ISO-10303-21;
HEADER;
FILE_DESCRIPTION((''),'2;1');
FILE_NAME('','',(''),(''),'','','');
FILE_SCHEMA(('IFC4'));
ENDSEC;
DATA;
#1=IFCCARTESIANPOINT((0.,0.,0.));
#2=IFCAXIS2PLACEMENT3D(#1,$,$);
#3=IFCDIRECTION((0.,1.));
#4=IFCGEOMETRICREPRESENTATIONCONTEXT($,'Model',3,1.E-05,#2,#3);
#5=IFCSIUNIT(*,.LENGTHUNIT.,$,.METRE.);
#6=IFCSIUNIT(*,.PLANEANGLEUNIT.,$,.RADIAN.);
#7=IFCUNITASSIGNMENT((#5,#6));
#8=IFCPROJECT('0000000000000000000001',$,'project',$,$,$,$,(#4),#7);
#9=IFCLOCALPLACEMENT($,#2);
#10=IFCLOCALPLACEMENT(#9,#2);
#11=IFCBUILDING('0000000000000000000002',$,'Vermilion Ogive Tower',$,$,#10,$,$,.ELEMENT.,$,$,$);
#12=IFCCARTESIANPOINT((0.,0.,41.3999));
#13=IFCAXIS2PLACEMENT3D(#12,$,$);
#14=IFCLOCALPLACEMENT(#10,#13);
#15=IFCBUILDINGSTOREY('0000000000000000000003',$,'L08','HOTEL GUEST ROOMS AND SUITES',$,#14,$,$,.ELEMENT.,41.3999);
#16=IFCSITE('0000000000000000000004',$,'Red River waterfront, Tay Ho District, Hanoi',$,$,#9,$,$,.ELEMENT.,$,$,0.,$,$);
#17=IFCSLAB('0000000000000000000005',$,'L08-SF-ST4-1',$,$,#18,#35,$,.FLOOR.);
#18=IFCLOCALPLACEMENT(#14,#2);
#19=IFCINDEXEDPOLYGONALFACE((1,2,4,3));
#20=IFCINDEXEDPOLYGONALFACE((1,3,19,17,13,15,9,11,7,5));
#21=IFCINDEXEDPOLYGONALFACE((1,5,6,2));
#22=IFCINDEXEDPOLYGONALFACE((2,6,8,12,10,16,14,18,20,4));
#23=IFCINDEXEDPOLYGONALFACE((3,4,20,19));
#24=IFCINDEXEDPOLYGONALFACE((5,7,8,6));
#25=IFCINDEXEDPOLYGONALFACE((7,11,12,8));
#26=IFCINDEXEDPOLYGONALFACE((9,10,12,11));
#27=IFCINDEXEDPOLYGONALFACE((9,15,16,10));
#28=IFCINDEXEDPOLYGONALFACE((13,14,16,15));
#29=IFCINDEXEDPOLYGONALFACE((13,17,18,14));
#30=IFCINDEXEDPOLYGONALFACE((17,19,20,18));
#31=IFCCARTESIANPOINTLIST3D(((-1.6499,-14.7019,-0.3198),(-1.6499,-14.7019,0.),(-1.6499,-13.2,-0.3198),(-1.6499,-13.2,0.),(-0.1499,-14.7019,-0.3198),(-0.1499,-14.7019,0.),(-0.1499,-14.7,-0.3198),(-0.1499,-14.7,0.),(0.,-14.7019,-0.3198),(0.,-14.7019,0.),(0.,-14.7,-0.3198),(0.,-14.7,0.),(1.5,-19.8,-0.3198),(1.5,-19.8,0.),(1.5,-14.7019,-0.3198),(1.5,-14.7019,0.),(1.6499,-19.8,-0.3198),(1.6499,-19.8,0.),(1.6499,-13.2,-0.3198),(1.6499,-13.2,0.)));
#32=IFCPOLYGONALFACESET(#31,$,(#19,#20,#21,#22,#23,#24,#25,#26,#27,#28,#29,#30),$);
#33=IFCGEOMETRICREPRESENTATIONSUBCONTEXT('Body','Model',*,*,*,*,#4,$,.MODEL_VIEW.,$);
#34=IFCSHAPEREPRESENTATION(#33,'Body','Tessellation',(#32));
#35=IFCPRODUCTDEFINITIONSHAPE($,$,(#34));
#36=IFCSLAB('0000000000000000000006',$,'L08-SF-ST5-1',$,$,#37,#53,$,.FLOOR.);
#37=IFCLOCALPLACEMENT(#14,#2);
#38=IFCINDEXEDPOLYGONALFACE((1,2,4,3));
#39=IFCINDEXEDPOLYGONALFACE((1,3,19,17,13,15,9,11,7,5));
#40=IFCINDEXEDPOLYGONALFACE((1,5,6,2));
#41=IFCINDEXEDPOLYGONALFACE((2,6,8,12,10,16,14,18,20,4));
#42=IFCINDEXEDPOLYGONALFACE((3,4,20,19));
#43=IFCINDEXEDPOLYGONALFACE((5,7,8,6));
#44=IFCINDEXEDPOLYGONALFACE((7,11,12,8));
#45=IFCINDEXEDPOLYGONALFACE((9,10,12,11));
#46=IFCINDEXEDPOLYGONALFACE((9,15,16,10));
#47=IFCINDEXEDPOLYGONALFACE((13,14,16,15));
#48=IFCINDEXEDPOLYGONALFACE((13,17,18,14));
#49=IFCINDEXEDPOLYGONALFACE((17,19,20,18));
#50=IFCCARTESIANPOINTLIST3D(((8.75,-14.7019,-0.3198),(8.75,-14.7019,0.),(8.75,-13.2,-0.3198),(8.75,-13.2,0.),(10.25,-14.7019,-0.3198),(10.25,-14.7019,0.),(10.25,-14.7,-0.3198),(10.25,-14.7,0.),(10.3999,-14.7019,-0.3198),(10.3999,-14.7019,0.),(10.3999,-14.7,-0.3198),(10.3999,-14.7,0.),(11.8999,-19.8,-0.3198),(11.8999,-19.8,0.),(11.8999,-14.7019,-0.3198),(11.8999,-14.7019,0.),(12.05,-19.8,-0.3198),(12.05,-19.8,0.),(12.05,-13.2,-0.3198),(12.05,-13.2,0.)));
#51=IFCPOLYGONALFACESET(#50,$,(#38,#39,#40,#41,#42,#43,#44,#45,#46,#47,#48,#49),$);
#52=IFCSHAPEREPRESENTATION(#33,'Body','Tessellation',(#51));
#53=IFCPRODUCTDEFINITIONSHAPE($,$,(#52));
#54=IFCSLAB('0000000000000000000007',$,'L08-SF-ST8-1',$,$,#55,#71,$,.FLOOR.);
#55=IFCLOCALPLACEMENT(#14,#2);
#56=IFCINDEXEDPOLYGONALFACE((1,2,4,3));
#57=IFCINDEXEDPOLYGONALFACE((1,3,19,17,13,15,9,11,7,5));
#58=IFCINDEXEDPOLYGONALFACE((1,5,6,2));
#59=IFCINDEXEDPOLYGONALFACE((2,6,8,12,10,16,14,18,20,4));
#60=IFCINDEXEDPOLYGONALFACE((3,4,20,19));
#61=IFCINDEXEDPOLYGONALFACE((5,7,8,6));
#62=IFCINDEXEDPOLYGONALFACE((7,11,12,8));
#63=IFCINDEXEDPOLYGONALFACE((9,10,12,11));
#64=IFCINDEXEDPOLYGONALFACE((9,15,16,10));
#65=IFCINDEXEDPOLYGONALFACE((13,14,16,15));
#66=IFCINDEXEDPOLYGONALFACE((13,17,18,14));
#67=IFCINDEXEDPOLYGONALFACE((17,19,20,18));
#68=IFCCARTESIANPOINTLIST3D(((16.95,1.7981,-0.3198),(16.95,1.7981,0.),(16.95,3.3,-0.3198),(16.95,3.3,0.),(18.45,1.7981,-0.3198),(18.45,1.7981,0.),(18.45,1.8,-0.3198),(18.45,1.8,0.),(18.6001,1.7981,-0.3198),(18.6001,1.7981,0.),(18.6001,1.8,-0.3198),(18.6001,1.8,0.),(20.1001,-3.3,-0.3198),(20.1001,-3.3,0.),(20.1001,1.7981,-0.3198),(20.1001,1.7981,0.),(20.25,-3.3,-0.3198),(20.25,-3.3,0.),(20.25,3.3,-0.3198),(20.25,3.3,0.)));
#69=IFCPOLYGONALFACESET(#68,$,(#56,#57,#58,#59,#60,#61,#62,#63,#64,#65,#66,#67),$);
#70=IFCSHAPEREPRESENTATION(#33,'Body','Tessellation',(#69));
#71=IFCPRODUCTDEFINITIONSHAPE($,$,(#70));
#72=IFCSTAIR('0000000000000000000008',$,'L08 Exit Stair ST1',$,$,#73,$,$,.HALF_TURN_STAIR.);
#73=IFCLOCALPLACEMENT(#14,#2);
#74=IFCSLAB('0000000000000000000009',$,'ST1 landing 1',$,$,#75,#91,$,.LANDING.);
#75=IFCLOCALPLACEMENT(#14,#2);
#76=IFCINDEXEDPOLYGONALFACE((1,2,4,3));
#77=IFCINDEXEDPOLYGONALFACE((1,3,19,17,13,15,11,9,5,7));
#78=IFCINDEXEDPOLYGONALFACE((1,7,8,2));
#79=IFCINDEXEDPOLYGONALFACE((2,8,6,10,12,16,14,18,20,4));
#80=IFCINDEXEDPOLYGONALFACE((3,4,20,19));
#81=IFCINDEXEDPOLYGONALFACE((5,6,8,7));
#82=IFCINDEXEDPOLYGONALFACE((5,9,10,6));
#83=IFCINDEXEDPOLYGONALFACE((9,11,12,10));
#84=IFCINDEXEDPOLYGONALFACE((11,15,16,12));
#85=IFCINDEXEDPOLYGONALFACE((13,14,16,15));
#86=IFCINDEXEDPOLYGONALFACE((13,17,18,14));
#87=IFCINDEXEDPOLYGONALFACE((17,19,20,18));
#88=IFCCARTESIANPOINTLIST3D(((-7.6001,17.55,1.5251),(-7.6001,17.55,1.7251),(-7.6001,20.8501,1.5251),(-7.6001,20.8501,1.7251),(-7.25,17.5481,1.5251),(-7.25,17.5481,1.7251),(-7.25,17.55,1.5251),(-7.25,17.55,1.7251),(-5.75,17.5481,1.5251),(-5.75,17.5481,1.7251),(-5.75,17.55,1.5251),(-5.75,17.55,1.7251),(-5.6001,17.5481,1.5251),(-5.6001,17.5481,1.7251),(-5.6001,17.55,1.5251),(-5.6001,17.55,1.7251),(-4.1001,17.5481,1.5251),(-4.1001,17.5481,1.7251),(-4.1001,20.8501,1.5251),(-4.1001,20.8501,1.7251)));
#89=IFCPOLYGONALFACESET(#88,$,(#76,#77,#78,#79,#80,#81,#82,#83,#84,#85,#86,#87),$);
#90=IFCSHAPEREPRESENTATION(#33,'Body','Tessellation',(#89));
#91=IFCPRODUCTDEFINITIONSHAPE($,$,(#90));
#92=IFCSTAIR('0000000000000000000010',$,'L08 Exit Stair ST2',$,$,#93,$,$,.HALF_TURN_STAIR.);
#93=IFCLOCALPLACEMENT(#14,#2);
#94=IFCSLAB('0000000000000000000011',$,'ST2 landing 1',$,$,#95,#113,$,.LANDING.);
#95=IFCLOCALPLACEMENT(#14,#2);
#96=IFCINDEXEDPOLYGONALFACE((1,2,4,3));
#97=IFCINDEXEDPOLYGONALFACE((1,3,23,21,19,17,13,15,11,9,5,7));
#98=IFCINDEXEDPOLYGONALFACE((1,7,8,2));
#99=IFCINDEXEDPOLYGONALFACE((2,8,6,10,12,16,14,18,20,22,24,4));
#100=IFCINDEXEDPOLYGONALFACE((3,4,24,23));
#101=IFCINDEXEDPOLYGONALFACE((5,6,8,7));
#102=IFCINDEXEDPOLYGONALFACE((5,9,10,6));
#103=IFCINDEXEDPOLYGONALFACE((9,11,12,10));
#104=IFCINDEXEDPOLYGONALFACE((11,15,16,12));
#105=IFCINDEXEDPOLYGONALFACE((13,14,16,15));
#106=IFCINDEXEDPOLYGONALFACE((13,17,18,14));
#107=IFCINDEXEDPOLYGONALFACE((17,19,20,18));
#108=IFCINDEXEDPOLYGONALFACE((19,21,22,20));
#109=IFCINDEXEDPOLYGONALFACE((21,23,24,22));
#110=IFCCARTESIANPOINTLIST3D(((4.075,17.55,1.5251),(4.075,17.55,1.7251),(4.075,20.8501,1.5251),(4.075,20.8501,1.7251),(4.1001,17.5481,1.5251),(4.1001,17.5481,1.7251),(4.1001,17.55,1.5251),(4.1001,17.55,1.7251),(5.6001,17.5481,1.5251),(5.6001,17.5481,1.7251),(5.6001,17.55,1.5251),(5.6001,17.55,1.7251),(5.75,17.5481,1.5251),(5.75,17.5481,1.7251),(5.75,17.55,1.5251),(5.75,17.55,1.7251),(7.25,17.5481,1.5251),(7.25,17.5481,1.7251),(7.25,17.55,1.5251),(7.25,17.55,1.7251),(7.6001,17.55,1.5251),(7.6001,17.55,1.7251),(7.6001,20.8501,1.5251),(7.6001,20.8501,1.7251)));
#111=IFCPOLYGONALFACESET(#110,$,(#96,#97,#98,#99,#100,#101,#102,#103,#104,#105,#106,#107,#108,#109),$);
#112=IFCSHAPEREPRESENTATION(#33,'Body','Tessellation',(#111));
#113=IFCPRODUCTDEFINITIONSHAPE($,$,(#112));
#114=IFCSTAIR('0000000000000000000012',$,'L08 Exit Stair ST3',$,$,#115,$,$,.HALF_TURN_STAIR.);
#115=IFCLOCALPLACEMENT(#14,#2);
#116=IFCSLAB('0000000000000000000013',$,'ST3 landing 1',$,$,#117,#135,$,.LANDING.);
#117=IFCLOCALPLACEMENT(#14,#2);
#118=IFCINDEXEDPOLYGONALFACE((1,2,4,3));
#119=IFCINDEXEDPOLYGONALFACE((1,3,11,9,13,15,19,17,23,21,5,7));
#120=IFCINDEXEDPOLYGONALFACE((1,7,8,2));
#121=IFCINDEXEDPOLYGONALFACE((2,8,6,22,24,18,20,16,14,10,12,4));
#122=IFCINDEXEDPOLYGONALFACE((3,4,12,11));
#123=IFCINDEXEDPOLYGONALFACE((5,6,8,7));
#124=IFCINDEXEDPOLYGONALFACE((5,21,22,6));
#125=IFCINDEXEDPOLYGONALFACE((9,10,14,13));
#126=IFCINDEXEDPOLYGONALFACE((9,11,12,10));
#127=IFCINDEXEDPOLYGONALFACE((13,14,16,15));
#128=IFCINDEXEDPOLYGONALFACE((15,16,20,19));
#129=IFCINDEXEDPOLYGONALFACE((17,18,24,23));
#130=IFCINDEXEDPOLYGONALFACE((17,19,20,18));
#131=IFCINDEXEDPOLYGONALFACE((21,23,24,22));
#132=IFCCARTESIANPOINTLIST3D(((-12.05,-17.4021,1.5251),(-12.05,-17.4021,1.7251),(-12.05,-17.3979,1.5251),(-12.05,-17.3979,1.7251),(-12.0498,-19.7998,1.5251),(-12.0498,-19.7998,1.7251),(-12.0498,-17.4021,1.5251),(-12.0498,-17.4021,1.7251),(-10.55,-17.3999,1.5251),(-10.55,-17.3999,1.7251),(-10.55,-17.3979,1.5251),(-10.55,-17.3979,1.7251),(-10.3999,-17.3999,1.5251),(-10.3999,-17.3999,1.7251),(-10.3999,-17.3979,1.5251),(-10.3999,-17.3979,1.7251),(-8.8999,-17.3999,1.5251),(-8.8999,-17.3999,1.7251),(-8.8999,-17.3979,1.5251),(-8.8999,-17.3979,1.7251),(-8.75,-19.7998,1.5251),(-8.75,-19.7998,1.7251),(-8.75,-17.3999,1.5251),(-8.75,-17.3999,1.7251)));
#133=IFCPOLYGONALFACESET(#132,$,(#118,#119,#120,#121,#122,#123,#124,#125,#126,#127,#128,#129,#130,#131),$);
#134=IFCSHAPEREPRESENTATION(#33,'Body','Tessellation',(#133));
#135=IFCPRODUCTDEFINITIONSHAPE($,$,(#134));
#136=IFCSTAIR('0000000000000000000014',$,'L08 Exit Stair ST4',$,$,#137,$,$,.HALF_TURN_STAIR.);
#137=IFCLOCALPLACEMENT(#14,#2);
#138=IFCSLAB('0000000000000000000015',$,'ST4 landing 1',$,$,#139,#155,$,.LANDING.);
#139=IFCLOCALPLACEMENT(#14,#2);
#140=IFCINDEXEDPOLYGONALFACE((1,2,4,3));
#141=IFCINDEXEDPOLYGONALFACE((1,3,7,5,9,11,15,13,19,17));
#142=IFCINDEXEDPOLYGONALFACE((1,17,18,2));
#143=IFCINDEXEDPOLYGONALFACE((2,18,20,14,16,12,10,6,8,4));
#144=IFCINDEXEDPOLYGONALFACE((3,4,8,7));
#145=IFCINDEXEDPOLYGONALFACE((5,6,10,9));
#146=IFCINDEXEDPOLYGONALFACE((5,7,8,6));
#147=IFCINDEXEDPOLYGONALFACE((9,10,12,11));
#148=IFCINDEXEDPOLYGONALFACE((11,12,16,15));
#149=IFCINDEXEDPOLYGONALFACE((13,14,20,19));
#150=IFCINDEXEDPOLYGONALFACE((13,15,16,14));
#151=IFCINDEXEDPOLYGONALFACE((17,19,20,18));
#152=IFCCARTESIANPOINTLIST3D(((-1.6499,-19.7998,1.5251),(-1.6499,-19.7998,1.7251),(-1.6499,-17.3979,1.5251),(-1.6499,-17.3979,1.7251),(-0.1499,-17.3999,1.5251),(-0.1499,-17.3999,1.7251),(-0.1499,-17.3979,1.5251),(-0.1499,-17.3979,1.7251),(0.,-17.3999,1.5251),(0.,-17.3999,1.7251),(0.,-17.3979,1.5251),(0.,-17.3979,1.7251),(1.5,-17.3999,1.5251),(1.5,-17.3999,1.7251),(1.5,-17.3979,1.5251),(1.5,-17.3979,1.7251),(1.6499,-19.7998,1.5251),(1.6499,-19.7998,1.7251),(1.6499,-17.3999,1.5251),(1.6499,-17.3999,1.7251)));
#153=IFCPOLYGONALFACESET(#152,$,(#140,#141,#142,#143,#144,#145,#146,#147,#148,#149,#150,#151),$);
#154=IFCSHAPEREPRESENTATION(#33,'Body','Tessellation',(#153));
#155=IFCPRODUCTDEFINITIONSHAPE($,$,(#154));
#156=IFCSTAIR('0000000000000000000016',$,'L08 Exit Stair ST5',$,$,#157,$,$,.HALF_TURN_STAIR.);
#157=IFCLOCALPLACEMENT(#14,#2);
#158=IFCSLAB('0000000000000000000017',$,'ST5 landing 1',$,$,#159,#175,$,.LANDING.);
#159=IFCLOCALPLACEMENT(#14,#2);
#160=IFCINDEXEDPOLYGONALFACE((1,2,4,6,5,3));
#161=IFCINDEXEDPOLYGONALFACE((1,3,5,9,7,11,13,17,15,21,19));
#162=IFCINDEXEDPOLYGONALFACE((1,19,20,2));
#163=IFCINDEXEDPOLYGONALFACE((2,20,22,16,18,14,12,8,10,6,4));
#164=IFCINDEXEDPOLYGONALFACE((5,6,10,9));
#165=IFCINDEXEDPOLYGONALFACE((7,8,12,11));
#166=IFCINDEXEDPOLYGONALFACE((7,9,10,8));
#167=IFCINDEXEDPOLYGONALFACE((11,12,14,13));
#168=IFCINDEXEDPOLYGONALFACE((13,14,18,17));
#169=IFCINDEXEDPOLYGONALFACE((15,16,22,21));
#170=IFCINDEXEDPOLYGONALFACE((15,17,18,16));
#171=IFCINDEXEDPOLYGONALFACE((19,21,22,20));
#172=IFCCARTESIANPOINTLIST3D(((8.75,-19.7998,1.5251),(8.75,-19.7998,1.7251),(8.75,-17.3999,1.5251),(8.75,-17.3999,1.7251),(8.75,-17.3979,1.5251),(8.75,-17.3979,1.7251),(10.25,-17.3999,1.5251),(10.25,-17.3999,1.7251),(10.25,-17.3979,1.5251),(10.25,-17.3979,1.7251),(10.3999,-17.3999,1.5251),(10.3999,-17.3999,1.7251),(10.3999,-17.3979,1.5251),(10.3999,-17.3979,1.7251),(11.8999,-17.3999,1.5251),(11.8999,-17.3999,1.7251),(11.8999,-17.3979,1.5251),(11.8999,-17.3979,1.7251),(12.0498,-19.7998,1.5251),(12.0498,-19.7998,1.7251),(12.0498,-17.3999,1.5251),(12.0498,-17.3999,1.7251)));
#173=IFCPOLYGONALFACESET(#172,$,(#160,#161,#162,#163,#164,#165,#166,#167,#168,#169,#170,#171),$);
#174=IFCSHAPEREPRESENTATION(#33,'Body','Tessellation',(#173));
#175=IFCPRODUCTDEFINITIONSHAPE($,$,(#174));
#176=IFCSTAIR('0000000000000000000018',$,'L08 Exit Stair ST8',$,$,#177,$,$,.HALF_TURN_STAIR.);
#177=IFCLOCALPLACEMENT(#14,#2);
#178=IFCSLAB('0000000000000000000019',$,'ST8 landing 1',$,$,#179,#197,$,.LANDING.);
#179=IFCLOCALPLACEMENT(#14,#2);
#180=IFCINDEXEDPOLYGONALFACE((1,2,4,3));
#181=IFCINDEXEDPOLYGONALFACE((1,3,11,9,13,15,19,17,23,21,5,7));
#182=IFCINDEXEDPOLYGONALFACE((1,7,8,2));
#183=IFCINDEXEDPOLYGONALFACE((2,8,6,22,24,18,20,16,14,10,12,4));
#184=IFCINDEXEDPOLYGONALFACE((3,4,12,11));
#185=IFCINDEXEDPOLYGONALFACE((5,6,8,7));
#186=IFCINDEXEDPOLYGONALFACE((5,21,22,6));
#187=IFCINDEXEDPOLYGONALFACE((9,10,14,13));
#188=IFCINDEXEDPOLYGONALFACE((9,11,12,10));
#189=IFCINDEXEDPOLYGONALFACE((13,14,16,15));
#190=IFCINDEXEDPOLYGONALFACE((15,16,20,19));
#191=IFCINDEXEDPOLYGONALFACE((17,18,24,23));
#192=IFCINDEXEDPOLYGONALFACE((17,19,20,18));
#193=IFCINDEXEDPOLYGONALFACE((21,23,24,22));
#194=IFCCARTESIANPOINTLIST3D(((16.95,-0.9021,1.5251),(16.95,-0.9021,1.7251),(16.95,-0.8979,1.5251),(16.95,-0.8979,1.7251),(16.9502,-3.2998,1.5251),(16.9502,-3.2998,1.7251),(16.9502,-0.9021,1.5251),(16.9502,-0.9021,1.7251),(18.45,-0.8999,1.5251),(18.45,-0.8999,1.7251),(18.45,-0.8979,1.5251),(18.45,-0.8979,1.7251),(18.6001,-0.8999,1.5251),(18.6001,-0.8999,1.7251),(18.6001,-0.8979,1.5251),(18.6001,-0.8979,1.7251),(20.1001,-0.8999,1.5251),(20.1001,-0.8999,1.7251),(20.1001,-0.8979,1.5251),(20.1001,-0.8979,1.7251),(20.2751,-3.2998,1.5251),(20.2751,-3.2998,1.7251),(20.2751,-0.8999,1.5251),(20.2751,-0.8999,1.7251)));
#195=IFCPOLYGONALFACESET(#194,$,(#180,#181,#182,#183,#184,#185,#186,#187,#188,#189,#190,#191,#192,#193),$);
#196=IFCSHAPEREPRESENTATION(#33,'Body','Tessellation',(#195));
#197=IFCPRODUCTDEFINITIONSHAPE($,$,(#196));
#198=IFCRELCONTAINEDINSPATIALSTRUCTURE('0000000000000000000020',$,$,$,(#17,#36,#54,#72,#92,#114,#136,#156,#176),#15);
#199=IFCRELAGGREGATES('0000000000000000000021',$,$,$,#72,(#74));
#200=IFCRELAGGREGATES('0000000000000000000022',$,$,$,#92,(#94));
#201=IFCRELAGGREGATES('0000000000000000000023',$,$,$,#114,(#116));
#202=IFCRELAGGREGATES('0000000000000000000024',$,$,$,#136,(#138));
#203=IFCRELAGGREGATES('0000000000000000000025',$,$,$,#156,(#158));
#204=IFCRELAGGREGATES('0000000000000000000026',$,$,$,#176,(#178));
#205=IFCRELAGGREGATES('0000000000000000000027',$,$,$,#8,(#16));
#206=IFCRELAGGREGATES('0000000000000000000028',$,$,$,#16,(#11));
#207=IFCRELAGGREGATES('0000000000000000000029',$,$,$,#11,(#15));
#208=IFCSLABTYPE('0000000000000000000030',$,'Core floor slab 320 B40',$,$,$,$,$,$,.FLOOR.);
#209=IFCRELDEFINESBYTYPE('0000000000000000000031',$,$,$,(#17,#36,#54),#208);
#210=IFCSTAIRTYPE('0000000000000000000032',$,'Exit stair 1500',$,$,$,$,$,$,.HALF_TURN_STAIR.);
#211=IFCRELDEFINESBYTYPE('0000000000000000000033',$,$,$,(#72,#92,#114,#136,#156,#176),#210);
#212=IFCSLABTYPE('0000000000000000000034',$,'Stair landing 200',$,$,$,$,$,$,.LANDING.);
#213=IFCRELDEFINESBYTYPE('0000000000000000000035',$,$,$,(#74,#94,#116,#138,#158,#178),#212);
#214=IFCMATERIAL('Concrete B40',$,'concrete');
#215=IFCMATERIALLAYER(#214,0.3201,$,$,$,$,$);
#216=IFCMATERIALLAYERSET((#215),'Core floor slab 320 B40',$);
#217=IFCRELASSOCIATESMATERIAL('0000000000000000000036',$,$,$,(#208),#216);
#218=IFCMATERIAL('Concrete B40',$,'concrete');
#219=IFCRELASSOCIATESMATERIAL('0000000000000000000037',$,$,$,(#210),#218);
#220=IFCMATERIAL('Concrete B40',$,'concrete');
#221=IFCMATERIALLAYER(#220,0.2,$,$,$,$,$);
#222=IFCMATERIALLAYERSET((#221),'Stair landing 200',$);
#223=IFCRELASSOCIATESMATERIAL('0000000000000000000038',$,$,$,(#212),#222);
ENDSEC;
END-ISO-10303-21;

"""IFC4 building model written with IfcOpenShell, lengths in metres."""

from ifc_helpers import new_model, si_unit, direction, frame, origin, place, context, subcontext, project, spatial, polyline, outline, extrude, material, layer, layer_set, type_object, element, aggregate, save


model = new_model("IFC4")

# Units and contexts
model_context = context("Model", 3, precision=1e-05, world=origin(), true_north=direction((0.0, 1.0)))
body_context = subcontext(model_context, "Body", "Model", "MODEL_VIEW")
ifc_project = project(units=[si_unit("LENGTHUNIT", "METRE"), si_unit("PLANEANGLEUNIT", "RADIAN")], contexts=[model_context])

# Site, building, storey
site_placement = place(None, origin())
site = spatial("IfcSite", under=ifc_project, at=site_placement, Name="Red River waterfront, Tay Ho District, Hanoi", CompositionType="ELEMENT", RefElevation=0.0)
building_placement = place(site_placement, origin())
building = spatial("IfcBuilding", under=site, at=building_placement, Name="Vermilion Ogive Tower", CompositionType="ELEMENT")
storey_placement = place(building_placement, frame((0.0, 0.0, 41.3999)))
storey = spatial("IfcBuildingStorey", under=building, at=storey_placement, Name="L08", Description="HOTEL GUEST ROOMS AND SUITES", CompositionType="ELEMENT", Elevation=41.3999)

# Slabs
ifc_material_1 = material(Name="Concrete B40", Category="concrete")
ifc_layer_1 = layer(ifc_material_1, 0.3201)
ifc_layer_set_1 = layer_set([ifc_layer_1], Name="Core floor slab 320 B40")
slab_type_1 = type_object("IfcSlabType", Name="Core floor slab 320 B40", PredefinedType="FLOOR", material=ifc_layer_set_1)
slab_1_placement = place(storey_placement, frame((0.0, 0.0, -0.3198)))
element("IfcSlab", 1, at=slab_1_placement, inside=storey, type_object=slab_type_1, Name="L08-SF-ST4-1", PredefinedType="FLOOR", context=body_context, shape_type="SweptSolid", body=[
    extrude(outline(polyline([(-1.6499, -13.2), (-1.6499, -14.7019), (-0.1499, -14.7019), (-0.1499, -14.7), (0.0, -14.7), (0.0, -14.7019), (1.5, -14.7019), (1.5, -19.8), (1.6499, -19.8), (1.6499, -13.2), (-1.6499, -13.2)])), origin(), (0.0, 0.0, 1.0), 0.3198),
])
slab_2_placement = place(storey_placement, frame((0.0, 0.0, -0.3198)))
element("IfcSlab", 2, at=slab_2_placement, inside=storey, type_object=slab_type_1, Name="L08-SF-ST5-1", PredefinedType="FLOOR", context=body_context, shape_type="SweptSolid", body=[
    extrude(outline(polyline([(8.75, -13.2), (8.75, -14.7019), (10.25, -14.7019), (10.25, -14.7), (10.3999, -14.7), (10.3999, -14.7019), (11.8999, -14.7019), (11.8999, -19.8), (12.05, -19.8), (12.05, -13.2), (8.75, -13.2)])), origin(), (0.0, 0.0, 1.0), 0.3198),
])
slab_3_placement = place(storey_placement, frame((0.0, 0.0, -0.3198)))
element("IfcSlab", 3, at=slab_3_placement, inside=storey, type_object=slab_type_1, Name="L08-SF-ST8-1", PredefinedType="FLOOR", context=body_context, shape_type="SweptSolid", body=[
    extrude(outline(polyline([(16.95, 3.3), (16.95, 1.7981), (18.45, 1.7981), (18.45, 1.8), (18.6001, 1.8), (18.6001, 1.7981), (20.1001, 1.7981), (20.1001, -3.3), (20.25, -3.3), (20.25, 3.3), (16.95, 3.3)])), origin(), (0.0, 0.0, 1.0), 0.3198),
])

# Stairs, slabs
ifc_material_2 = material(Name="Concrete B40", Category="concrete")
stair_type = type_object("IfcStairType", Name="Exit stair 1500", PredefinedType="HALF_TURN_STAIR", material=ifc_material_2)
stair_1_placement = place(storey_placement, origin())
stair_1 = element("IfcStair", 4, at=stair_1_placement, inside=storey, type_object=stair_type, Name="L08 Exit Stair ST1", PredefinedType="HALF_TURN_STAIR")
ifc_material_3 = material(Name="Concrete B40", Category="concrete")
ifc_layer_2 = layer(ifc_material_3, 0.2)
ifc_layer_set_2 = layer_set([ifc_layer_2], Name="Stair landing 200")
slab_type_2 = type_object("IfcSlabType", Name="Stair landing 200", PredefinedType="LANDING", material=ifc_layer_set_2)
slab_4_placement = place(storey_placement, frame((0.0, 0.0, 1.5251)))
slab_4 = element("IfcSlab", 5, at=slab_4_placement, type_object=slab_type_2, Name="ST1 landing 1", PredefinedType="LANDING", context=body_context, shape_type="SweptSolid", body=[
    extrude(outline(polyline([(-7.6001, 17.55), (-7.25, 17.55), (-7.25, 17.5481), (-5.75, 17.5481), (-5.75, 17.55), (-5.6001, 17.55), (-5.6001, 17.5481), (-4.1001, 17.5481), (-4.1001, 20.8501), (-7.6001, 20.8501), (-7.6001, 17.55)])), origin(), (0.0, 0.0, 1.0), 0.2),
])
aggregate(stair_1, [slab_4])
stair_2_placement = place(storey_placement, origin())
stair_2 = element("IfcStair", 6, at=stair_2_placement, inside=storey, type_object=stair_type, Name="L08 Exit Stair ST2", PredefinedType="HALF_TURN_STAIR")
slab_5_placement = place(storey_placement, frame((0.0, 0.0, 1.5251)))
slab_5 = element("IfcSlab", 7, at=slab_5_placement, type_object=slab_type_2, Name="ST2 landing 1", PredefinedType="LANDING", context=body_context, shape_type="SweptSolid", body=[
    extrude(outline(polyline([(5.6001, 17.55), (5.75, 17.55), (5.75, 17.5481), (7.25, 17.5481), (7.25, 17.55), (7.6001, 17.55), (7.6001, 20.8501), (4.075, 20.8501), (4.075, 17.55), (4.1001, 17.55), (4.1001, 17.5481), (5.6001, 17.5481), (5.6001, 17.55)])), origin(), (0.0, 0.0, 1.0), 0.2),
])
aggregate(stair_2, [slab_5])
stair_3_placement = place(storey_placement, origin())
stair_3 = element("IfcStair", 8, at=stair_3_placement, inside=storey, type_object=stair_type, Name="L08 Exit Stair ST3", PredefinedType="HALF_TURN_STAIR")
slab_6_placement = place(storey_placement, frame((0.0, 0.0, 1.5251)))
slab_6 = element("IfcSlab", 9, at=slab_6_placement, type_object=slab_type_2, Name="ST3 landing 1", PredefinedType="LANDING", context=body_context, shape_type="SweptSolid", body=[
    extrude(outline(polyline([(-8.75, -17.3999), (-8.8999, -17.3999), (-8.8999, -17.3979), (-10.3999, -17.3979), (-10.3999, -17.3999), (-10.55, -17.3999), (-10.55, -17.3979), (-12.05, -17.3979), (-12.05, -17.4021), (-12.0498, -17.4021), (-12.0498, -19.7998), (-8.75, -19.7998), (-8.75, -17.3999)])), origin(), (0.0, 0.0, 1.0), 0.2),
])
aggregate(stair_3, [slab_6])
stair_4_placement = place(storey_placement, origin())
stair_4 = element("IfcStair", 10, at=stair_4_placement, inside=storey, type_object=stair_type, Name="L08 Exit Stair ST4", PredefinedType="HALF_TURN_STAIR")
slab_7_placement = place(storey_placement, frame((0.0, 0.0, 1.5251)))
slab_7 = element("IfcSlab", 11, at=slab_7_placement, type_object=slab_type_2, Name="ST4 landing 1", PredefinedType="LANDING", context=body_context, shape_type="SweptSolid", body=[
    extrude(outline(polyline([(1.6499, -17.3999), (1.5, -17.3999), (1.5, -17.3979), (0.0, -17.3979), (0.0, -17.3999), (-0.1499, -17.3999), (-0.1499, -17.3979), (-1.6499, -17.3979), (-1.6499, -19.7998), (1.6499, -19.7998), (1.6499, -17.3999)])), origin(), (0.0, 0.0, 1.0), 0.2),
])
aggregate(stair_4, [slab_7])
stair_5_placement = place(storey_placement, origin())
stair_5 = element("IfcStair", 12, at=stair_5_placement, inside=storey, type_object=stair_type, Name="L08 Exit Stair ST5", PredefinedType="HALF_TURN_STAIR")
slab_8_placement = place(storey_placement, frame((0.0, 0.0, 1.5251)))
slab_8 = element("IfcSlab", 13, at=slab_8_placement, type_object=slab_type_2, Name="ST5 landing 1", PredefinedType="LANDING", context=body_context, shape_type="SweptSolid", body=[
    extrude(outline(polyline([(12.0498, -17.3999), (11.8999, -17.3999), (11.8999, -17.3979), (10.3999, -17.3979), (10.3999, -17.3999), (10.25, -17.3999), (10.25, -17.3979), (8.75, -17.3979), (8.75, -17.3999), (8.75, -17.3999), (8.75, -19.7998), (12.0498, -19.7998), (12.0498, -17.3999)])), origin(), (0.0, 0.0, 1.0), 0.2),
])
aggregate(stair_5, [slab_8])
stair_6_placement = place(storey_placement, origin())
stair_6 = element("IfcStair", 14, at=stair_6_placement, inside=storey, type_object=stair_type, Name="L08 Exit Stair ST8", PredefinedType="HALF_TURN_STAIR")
slab_9_placement = place(storey_placement, frame((0.0, 0.0, 1.5251)))
slab_9 = element("IfcSlab", 15, at=slab_9_placement, type_object=slab_type_2, Name="ST8 landing 1", PredefinedType="LANDING", context=body_context, shape_type="SweptSolid", body=[
    extrude(outline(polyline([(20.2751, -0.8999), (20.1001, -0.8999), (20.1001, -0.8979), (18.6001, -0.8979), (18.6001, -0.8999), (18.45, -0.8999), (18.45, -0.8979), (16.95, -0.8979), (16.95, -0.9021), (16.9502, -0.9021), (16.9502, -3.2998), (20.2751, -3.2998), (20.2751, -0.8999)])), origin(), (0.0, 0.0, 1.0), 0.2),
])
aggregate(stair_6, [slab_9])

save(model, "model.ifc")
